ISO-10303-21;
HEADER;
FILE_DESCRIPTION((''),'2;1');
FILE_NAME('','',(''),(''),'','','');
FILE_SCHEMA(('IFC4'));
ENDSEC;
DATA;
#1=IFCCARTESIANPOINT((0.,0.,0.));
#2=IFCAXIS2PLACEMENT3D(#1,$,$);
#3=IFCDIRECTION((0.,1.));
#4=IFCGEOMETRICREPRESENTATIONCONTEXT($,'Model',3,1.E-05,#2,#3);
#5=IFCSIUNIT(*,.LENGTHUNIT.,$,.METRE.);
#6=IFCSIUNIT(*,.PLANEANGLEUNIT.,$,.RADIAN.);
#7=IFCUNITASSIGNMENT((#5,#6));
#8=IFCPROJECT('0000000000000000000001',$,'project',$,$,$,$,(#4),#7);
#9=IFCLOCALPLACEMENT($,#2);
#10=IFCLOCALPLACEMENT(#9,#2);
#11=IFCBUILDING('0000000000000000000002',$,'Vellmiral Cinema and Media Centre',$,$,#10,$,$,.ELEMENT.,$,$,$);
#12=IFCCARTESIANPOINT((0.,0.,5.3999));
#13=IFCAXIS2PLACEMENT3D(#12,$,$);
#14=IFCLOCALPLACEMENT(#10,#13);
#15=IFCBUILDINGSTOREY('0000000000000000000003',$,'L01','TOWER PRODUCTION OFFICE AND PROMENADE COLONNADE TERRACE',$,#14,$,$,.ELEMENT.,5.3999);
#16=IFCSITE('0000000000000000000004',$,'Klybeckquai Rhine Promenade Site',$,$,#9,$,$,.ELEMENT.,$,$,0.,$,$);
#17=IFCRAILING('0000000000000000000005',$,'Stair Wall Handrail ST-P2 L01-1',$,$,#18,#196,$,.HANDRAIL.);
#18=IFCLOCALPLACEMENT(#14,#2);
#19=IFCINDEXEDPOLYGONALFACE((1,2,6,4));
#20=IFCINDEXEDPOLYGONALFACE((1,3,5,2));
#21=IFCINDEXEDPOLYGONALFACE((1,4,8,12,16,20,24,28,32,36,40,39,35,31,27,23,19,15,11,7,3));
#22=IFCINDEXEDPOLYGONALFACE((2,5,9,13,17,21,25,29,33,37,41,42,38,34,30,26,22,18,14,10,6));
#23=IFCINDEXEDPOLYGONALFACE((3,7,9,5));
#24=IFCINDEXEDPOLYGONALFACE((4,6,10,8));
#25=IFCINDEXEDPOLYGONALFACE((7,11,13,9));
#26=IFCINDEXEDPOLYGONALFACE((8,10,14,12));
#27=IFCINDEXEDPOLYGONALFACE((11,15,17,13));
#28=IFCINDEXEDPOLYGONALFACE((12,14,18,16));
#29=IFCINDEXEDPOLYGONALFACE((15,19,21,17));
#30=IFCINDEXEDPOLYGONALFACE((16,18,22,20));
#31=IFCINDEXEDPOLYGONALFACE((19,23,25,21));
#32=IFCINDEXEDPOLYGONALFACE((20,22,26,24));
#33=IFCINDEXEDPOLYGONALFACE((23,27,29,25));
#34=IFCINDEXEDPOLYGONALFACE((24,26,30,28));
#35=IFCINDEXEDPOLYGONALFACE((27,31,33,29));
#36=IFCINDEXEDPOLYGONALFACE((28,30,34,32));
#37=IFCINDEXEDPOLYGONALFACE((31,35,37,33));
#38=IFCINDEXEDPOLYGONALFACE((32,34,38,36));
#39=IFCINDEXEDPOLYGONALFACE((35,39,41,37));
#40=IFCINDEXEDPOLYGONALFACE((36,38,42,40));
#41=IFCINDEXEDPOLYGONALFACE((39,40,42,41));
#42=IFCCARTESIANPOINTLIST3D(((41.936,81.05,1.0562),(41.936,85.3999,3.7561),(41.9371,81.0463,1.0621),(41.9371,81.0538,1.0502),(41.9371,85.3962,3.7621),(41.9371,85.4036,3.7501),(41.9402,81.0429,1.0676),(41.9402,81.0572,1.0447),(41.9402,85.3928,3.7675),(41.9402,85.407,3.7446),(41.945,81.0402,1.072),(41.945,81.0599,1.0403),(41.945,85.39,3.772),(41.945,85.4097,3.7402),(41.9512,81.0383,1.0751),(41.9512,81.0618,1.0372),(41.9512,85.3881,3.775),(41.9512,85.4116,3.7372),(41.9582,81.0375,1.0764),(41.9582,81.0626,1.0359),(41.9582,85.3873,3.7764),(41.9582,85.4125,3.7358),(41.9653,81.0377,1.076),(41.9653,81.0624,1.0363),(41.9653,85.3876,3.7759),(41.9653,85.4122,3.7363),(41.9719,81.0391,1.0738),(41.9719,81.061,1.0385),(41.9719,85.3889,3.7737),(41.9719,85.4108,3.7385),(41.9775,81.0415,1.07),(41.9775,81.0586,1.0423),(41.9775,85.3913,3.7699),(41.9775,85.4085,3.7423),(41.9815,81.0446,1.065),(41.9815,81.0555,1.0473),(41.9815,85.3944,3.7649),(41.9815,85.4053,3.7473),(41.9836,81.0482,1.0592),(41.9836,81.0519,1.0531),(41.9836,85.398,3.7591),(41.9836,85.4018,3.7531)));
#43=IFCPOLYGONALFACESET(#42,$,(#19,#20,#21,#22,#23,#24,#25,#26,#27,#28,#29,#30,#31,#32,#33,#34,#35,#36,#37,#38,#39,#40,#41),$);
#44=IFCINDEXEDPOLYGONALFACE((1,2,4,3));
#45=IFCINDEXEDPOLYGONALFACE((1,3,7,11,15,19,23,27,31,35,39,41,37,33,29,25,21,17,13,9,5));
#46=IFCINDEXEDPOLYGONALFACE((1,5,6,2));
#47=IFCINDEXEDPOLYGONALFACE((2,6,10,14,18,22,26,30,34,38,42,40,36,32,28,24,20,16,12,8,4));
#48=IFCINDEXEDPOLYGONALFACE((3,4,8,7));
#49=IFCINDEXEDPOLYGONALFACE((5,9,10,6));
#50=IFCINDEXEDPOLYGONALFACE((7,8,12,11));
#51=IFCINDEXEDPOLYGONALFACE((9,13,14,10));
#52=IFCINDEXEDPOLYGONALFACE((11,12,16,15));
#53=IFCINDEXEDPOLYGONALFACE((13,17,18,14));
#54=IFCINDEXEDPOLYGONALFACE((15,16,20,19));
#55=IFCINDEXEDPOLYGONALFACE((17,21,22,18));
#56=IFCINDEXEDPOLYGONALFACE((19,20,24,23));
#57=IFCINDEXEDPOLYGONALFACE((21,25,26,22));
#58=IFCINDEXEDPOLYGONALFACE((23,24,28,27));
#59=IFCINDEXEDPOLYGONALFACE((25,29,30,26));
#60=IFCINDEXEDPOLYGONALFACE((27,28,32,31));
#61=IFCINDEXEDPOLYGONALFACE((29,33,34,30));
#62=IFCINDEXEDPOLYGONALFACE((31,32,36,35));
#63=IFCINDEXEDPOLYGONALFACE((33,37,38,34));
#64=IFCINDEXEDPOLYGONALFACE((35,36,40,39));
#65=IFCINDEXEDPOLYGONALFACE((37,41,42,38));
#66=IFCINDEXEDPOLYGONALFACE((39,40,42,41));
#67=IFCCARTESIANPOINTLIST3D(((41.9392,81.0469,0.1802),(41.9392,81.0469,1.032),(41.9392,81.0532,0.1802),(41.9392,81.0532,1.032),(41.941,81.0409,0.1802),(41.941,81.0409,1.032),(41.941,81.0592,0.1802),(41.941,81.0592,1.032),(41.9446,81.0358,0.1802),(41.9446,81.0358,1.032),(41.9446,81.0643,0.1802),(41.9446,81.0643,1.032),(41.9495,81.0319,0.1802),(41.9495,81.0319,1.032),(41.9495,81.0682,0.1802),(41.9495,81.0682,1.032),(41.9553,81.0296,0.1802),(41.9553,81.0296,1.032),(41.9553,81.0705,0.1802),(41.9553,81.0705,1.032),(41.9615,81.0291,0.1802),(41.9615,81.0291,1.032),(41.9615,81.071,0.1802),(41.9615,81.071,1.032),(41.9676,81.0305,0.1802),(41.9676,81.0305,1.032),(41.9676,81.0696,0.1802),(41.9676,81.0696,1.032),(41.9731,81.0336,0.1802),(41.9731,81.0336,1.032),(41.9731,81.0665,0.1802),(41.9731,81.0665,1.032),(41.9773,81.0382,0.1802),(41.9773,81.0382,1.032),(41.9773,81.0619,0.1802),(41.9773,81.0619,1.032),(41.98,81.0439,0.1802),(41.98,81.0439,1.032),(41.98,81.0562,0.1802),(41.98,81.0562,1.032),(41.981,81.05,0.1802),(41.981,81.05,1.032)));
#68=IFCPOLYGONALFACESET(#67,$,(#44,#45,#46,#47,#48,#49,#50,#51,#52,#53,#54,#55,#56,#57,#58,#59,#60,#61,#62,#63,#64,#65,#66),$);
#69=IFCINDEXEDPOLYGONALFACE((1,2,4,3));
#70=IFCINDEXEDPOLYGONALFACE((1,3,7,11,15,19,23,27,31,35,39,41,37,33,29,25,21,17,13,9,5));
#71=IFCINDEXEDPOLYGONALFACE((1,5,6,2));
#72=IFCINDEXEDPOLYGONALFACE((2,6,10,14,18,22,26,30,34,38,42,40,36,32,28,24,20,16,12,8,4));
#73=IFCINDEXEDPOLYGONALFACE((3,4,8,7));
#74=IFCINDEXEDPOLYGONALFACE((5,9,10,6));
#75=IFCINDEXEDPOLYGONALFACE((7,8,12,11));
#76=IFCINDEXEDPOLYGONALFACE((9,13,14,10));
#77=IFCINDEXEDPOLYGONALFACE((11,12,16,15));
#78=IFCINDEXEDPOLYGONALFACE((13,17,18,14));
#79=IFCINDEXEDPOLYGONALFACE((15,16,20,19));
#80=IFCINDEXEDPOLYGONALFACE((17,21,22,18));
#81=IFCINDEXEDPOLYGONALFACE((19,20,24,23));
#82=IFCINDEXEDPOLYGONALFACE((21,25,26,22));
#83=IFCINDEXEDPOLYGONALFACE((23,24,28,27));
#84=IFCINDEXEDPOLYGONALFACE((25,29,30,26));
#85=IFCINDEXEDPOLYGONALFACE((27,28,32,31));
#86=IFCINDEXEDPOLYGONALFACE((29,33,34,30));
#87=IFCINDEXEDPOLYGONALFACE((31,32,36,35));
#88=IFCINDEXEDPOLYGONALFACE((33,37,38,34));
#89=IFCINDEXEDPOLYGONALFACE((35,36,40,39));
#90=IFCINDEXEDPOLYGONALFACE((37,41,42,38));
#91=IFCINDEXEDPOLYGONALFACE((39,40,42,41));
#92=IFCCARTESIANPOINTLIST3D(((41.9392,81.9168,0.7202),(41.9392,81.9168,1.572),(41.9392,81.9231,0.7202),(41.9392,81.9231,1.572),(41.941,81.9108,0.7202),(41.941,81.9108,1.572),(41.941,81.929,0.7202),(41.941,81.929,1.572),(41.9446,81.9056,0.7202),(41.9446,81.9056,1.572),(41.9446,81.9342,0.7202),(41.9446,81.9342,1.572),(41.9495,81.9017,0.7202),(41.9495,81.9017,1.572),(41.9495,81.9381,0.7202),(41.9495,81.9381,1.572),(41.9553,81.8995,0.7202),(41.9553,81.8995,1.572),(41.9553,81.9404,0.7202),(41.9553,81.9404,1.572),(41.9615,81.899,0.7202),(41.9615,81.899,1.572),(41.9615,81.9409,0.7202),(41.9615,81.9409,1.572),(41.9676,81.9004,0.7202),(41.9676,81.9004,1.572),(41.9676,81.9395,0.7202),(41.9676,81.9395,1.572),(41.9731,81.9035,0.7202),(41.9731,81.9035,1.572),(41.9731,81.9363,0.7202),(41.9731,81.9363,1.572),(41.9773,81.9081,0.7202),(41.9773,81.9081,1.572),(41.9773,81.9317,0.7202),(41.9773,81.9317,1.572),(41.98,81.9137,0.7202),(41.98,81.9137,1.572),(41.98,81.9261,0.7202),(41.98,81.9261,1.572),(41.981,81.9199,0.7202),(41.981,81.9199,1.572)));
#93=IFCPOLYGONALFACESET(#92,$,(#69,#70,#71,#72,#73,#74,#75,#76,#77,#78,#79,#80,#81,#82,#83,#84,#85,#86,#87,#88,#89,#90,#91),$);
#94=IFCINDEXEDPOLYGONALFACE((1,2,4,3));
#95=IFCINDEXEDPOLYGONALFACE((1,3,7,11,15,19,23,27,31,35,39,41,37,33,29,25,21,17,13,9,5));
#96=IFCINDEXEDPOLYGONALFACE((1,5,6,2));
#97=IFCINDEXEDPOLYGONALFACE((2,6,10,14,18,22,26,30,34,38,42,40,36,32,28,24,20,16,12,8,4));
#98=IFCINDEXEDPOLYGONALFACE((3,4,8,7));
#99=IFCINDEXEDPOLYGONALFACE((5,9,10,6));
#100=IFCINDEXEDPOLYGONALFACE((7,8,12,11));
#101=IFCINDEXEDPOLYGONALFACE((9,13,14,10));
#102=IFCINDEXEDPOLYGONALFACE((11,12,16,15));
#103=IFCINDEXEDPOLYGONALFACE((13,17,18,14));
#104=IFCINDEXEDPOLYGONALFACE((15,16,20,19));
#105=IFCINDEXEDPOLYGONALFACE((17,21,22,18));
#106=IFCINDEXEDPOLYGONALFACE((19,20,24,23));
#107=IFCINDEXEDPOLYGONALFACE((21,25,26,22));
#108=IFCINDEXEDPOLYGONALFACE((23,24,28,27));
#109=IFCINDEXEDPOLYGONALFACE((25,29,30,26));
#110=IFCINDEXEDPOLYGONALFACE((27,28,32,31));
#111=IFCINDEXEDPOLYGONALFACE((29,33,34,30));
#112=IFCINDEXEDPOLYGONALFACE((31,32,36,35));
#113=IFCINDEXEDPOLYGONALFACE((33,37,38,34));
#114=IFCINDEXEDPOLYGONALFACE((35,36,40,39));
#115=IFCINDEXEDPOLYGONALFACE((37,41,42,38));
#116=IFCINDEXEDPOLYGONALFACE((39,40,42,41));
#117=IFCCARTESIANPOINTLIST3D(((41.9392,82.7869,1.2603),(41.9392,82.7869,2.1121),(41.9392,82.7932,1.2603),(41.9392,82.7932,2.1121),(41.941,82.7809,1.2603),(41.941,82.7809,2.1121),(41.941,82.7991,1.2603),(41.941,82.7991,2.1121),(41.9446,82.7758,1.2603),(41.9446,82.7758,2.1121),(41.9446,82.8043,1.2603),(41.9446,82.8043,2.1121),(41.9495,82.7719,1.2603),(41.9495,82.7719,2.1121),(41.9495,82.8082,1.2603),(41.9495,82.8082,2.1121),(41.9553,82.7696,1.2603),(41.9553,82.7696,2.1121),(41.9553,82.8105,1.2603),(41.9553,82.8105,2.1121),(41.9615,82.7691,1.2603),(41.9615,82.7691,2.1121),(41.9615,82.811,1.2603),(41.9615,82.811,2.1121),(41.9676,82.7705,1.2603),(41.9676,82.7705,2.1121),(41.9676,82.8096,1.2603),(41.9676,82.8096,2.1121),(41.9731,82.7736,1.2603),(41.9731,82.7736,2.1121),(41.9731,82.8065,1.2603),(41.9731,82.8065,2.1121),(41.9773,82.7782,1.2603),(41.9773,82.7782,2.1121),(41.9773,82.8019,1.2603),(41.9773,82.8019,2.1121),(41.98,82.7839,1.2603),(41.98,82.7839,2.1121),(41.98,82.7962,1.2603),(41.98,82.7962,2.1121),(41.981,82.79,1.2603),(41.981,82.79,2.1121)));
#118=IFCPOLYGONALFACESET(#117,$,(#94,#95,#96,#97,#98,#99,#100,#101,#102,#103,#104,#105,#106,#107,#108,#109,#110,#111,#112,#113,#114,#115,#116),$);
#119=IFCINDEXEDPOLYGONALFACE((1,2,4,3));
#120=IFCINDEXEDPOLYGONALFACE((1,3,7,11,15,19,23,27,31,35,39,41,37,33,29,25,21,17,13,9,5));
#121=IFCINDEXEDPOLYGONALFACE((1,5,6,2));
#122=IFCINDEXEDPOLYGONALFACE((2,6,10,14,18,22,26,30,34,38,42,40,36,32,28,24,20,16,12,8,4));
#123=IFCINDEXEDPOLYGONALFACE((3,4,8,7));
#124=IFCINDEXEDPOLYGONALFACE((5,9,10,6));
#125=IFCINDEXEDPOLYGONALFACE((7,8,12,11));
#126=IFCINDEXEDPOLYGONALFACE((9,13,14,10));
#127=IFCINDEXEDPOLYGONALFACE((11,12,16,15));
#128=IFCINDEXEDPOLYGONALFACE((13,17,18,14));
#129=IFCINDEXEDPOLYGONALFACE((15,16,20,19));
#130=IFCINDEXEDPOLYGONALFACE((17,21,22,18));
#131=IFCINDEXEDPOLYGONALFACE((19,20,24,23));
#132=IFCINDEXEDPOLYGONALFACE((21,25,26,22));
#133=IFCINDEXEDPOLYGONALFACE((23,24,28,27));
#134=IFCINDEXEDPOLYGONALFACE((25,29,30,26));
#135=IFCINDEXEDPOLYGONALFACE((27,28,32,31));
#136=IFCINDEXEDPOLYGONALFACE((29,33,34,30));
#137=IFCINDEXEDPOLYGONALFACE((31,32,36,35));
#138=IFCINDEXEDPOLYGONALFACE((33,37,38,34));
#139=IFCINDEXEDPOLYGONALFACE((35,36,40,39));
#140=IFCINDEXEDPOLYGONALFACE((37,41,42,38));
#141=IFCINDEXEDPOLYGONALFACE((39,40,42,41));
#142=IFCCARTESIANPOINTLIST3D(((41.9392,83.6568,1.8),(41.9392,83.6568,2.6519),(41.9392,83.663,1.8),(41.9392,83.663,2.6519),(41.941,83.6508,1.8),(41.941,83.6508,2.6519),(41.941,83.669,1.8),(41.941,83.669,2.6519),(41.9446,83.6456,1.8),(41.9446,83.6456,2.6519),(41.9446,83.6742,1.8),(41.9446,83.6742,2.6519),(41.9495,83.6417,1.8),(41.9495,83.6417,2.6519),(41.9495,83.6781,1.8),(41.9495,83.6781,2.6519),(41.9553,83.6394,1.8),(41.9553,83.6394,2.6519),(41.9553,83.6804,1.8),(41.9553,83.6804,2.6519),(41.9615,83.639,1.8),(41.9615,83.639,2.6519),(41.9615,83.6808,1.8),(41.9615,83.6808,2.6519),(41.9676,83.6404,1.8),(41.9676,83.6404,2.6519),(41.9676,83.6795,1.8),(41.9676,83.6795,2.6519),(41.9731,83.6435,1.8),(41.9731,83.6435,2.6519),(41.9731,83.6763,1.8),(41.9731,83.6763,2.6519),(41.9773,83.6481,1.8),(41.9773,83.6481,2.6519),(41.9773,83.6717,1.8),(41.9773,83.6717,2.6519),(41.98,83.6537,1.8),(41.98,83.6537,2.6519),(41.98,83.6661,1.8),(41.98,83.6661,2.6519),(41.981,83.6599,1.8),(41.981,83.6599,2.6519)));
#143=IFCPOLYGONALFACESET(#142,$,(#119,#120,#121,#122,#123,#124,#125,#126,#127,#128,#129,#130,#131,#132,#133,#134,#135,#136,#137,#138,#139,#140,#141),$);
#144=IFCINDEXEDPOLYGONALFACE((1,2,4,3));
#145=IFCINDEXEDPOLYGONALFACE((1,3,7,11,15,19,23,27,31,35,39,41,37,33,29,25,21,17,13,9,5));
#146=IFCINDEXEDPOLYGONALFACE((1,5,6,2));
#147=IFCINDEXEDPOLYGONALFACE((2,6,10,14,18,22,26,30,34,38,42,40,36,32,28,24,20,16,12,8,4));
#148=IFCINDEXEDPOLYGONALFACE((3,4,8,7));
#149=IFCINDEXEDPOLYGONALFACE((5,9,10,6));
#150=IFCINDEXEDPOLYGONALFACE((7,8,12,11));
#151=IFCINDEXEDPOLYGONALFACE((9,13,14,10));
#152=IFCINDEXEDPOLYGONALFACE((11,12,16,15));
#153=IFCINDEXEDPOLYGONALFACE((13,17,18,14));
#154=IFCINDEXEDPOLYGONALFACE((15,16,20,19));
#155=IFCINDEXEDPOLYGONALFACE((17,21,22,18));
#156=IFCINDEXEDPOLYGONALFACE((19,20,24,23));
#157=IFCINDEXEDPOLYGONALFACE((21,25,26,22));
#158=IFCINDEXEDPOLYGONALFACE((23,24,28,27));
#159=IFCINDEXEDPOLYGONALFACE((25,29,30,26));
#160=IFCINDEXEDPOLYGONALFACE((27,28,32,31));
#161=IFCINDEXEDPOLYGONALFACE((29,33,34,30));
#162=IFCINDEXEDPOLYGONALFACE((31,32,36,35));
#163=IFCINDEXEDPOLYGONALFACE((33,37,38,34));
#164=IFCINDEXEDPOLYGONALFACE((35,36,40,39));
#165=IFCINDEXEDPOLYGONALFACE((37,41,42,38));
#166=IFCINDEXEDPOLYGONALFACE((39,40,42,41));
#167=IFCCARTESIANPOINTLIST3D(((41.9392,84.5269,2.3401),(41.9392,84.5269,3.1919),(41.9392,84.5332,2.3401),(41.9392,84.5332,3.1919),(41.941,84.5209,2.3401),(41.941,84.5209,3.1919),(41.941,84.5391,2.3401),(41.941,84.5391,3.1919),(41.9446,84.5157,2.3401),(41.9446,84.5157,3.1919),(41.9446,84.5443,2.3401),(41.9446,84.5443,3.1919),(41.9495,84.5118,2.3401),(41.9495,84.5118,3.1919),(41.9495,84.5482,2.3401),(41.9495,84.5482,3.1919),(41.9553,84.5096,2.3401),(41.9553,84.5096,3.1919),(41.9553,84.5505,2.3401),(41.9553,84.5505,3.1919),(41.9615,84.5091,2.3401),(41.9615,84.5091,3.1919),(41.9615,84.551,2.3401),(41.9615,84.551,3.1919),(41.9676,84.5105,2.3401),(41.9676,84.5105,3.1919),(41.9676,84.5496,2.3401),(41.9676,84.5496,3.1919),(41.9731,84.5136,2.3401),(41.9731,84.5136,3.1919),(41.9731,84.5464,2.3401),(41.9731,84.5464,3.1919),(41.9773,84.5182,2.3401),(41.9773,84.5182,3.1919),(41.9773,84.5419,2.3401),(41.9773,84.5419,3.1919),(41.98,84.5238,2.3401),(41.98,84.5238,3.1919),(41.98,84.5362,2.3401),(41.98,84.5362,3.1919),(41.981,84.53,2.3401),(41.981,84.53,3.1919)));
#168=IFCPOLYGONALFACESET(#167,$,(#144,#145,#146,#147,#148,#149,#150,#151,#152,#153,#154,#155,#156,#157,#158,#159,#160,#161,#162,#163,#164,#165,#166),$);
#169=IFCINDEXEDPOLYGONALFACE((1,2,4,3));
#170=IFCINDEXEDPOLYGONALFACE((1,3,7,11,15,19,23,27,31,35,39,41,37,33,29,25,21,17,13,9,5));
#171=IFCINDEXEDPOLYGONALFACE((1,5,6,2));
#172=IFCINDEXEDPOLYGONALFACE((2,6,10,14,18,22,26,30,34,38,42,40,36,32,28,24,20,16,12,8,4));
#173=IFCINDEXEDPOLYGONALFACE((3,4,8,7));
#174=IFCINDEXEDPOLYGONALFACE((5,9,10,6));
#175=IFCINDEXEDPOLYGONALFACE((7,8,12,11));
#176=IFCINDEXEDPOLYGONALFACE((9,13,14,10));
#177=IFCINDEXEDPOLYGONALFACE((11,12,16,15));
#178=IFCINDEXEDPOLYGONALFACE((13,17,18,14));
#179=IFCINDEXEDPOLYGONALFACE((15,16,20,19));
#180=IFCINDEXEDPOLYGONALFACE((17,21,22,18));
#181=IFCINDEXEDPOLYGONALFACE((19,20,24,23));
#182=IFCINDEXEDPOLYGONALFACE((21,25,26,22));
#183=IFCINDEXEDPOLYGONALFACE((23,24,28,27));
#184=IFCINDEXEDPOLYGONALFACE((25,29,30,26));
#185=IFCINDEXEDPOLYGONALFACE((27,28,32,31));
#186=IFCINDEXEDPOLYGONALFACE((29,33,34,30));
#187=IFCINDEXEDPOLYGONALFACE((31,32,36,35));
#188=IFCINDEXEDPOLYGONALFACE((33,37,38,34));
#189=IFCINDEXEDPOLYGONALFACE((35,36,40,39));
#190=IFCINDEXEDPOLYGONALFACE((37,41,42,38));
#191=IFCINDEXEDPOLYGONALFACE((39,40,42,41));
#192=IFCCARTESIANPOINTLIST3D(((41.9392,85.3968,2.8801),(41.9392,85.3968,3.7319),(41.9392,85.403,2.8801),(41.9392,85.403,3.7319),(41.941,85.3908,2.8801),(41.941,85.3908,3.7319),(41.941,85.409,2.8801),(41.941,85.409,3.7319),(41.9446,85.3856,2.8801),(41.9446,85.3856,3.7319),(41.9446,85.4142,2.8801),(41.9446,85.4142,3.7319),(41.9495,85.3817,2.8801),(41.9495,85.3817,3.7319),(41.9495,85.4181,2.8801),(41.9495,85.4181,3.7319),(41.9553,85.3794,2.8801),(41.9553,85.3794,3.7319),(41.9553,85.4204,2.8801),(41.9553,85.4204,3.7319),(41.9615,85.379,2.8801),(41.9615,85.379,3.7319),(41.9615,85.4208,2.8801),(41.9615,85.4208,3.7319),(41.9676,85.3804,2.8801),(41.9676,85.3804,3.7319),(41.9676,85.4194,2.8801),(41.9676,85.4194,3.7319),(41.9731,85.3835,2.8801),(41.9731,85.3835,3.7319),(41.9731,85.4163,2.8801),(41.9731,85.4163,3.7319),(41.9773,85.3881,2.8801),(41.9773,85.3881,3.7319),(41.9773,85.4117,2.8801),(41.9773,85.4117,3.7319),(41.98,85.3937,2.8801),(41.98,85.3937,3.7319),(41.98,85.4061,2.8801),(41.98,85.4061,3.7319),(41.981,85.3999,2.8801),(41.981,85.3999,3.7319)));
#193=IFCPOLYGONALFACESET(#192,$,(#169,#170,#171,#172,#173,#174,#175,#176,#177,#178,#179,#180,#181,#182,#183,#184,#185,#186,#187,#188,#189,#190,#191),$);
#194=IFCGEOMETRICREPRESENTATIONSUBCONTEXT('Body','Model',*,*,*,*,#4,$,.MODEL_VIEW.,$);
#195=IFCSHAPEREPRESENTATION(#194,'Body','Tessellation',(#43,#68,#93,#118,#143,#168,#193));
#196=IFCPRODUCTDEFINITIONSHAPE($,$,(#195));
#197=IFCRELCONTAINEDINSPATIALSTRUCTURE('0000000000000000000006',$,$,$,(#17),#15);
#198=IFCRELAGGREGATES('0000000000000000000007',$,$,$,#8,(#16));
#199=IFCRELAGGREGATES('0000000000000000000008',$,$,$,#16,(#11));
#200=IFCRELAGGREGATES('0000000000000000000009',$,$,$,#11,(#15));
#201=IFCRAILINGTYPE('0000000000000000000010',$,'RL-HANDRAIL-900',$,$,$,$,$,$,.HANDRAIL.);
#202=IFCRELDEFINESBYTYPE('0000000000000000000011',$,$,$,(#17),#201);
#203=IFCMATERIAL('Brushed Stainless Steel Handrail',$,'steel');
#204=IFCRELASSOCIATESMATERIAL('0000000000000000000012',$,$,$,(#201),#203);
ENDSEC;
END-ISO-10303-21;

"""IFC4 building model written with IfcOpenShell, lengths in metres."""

from ifc_helpers import new_model, si_unit, direction, frame, origin, origin_2d, place, context, subcontext, project, spatial, circle, extrude, material, type_object, element, save


model = new_model("IFC4")

# Units and contexts
model_context = context("Model", 3, precision=1e-05, world=origin(), true_north=direction((0.0, 1.0)))
body_context = subcontext(model_context, "Body", "Model", "MODEL_VIEW")
ifc_project = project(units=[si_unit("LENGTHUNIT", "METRE"), si_unit("PLANEANGLEUNIT", "RADIAN")], contexts=[model_context])

# Site, building, storey
site_placement = place(None, origin())
site = spatial("IfcSite", under=ifc_project, at=site_placement, Name="Klybeckquai Rhine Promenade Site", CompositionType="ELEMENT", RefElevation=0.0)
building_placement = place(site_placement, origin())
building = spatial("IfcBuilding", under=site, at=building_placement, Name="Vellmiral Cinema and Media Centre", CompositionType="ELEMENT")
storey_placement = place(building_placement, frame((0.0, 0.0, 5.3999)))
storey = spatial("IfcBuildingStorey", under=building, at=storey_placement, Name="L01", Description="TOWER PRODUCTION OFFICE AND PROMENADE COLONNADE TERRACE", CompositionType="ELEMENT", Elevation=5.3999)

# Railing
ifc_material_1 = material(Name="Brushed Stainless Steel Handrail", Category="steel")
railing_type_1 = type_object("IfcRailingType", Name="RL-HANDRAIL-900", PredefinedType="HANDRAIL", material=ifc_material_1)
railing_1_placement = place(storey_placement, frame((41.96, 81.05, 0.1802)))
element("IfcRailing", 1, at=railing_1_placement, inside=storey, type_object=railing_type_1, Name="Stair Wall Handrail ST-P2 L01-1", PredefinedType="HANDRAIL", context=body_context, shape_type="SweptSolid", body=[
    extrude(circle(Radius=0.0239, at=origin_2d()), frame((0.0, 0.0, 0.876), z_axis=(0.0, 0.849636, 0.527369), x_axis=(-1.0, 0.0, 0.0)), (0.0, 0.0, 1.0), 5.1196),
    extrude(circle(Radius=0.021, at=origin_2d()), origin(), (0.0, 0.0, 1.0), 0.8518),
    extrude(circle(Radius=0.021, at=origin_2d()), frame((0.0, 0.8699, 0.54)), (0.0, 0.0, 1.0), 0.8518),
    extrude(circle(Radius=0.021, at=origin_2d()), frame((0.0, 1.74, 1.0801)), (0.0, 0.0, 1.0), 0.8518),
    extrude(circle(Radius=0.021, at=origin_2d()), frame((0.0, 2.6099, 1.6199)), (0.0, 0.0, 1.0), 0.8518),
    extrude(circle(Radius=0.021, at=origin_2d()), frame((0.0, 3.48, 2.1599)), (0.0, 0.0, 1.0), 0.8518),
    extrude(circle(Radius=0.021, at=origin_2d()), frame((0.0, 4.3499, 2.7)), (0.0, 0.0, 1.0), 0.8518),
])

save(model, "model.ifc")
